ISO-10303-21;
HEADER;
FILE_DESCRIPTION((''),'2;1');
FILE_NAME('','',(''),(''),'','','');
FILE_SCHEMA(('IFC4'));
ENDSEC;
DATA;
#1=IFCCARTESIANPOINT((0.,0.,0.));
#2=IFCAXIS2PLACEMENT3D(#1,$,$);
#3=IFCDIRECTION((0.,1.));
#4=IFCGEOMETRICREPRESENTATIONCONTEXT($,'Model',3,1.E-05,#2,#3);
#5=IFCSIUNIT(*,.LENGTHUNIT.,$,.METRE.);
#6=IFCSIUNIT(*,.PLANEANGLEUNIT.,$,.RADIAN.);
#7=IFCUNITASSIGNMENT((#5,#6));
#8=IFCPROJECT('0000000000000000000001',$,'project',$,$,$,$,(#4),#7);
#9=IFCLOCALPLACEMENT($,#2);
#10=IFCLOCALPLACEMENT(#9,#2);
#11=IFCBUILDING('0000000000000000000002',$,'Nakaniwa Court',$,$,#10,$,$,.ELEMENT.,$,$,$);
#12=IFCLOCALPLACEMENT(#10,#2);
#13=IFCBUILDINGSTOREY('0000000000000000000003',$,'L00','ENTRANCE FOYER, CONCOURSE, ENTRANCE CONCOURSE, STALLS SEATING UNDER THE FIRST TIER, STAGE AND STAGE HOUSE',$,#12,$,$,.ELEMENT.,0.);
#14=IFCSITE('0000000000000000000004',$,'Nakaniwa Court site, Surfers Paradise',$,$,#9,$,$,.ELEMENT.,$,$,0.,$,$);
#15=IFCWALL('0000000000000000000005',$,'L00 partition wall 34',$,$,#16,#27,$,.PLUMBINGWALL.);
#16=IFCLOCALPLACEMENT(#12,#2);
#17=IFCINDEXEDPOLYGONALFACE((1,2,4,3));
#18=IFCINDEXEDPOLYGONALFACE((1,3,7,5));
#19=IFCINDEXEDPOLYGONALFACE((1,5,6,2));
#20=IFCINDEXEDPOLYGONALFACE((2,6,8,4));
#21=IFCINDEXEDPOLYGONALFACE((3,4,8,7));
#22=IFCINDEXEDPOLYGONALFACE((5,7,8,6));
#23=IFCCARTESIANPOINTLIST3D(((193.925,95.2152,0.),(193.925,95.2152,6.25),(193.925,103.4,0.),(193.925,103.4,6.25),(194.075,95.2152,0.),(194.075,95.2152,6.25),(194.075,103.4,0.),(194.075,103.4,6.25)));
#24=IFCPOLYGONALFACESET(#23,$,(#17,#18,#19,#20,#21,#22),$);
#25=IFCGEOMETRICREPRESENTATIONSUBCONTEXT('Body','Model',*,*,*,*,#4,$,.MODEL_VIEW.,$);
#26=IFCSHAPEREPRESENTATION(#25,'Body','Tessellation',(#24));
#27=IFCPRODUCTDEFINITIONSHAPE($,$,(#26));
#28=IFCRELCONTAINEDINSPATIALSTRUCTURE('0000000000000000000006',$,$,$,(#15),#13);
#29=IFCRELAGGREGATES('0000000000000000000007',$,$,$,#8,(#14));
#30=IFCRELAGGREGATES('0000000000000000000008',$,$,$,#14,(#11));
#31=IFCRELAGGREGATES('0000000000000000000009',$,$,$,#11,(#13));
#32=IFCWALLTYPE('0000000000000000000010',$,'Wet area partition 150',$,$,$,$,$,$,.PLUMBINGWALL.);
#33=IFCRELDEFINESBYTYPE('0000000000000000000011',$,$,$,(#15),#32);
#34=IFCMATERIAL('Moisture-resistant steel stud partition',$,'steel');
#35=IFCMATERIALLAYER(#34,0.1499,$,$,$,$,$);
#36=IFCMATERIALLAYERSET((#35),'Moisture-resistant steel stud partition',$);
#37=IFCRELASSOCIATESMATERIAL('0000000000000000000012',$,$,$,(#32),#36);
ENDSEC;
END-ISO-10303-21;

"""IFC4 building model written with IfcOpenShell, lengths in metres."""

from ifc_helpers import new_model, si_unit, direction, frame, frame_2d, origin, place, context, subcontext, project, spatial, rectangle, extrude, material, layer, layer_set, type_object, element, save


model = new_model("IFC4")

# Units and contexts
model_context = context("Model", 3, precision=1e-05, world=origin(), true_north=direction((0.0, 1.0)))
body_context = subcontext(model_context, "Body", "Model", "MODEL_VIEW")
ifc_project = project(units=[si_unit("LENGTHUNIT", "METRE"), si_unit("PLANEANGLEUNIT", "RADIAN")], contexts=[model_context])

# Site, building, storey
site_placement = place(None, origin())
site = spatial("IfcSite", under=ifc_project, at=site_placement, Name="Nakaniwa Court site, Surfers Paradise", CompositionType="ELEMENT", RefElevation=0.0)
building_placement = place(site_placement, origin())
building = spatial("IfcBuilding", under=site, at=building_placement, Name="Nakaniwa Court", CompositionType="ELEMENT")
storey_placement = place(building_placement, origin())
storey = spatial("IfcBuildingStorey", under=building, at=storey_placement, Name="L00", Description="ENTRANCE FOYER, CONCOURSE, ENTRANCE CONCOURSE, STALLS SEATING UNDER THE FIRST TIER, STAGE AND STAGE HOUSE", CompositionType="ELEMENT", Elevation=0.0)

# Shared definitions
ifc_material_1 = material(Name="Moisture-resistant steel stud partition", Category="steel")
ifc_layer_1 = layer(ifc_material_1, 0.1499)
ifc_layer_set_1 = layer_set([ifc_layer_1], Name="Moisture-resistant steel stud partition")
wall_type_1 = type_object("IfcWallType", Name="Wet area partition 150", PredefinedType="PLUMBINGWALL", material=ifc_layer_set_1)

# Wall
wall_1_placement = place(storey_placement, frame((194.0, 103.3999, 0.0), z_axis=(0.0, 0.0, 1.0), x_axis=(0.0, -1.0, 0.0)))
element("IfcWall", 1, at=wall_1_placement, inside=storey, type_object=wall_type_1, Name="L00 partition wall 34", PredefinedType="PLUMBINGWALL", context=body_context, shape_type="SweptSolid", body=[
    extrude(rectangle(XDim=8.1848, YDim=0.1499, at=frame_2d((4.0923, 0.0))), origin(), (0.0, 0.0, 1.0), 6.25),
])

save(model, "model.ifc")
